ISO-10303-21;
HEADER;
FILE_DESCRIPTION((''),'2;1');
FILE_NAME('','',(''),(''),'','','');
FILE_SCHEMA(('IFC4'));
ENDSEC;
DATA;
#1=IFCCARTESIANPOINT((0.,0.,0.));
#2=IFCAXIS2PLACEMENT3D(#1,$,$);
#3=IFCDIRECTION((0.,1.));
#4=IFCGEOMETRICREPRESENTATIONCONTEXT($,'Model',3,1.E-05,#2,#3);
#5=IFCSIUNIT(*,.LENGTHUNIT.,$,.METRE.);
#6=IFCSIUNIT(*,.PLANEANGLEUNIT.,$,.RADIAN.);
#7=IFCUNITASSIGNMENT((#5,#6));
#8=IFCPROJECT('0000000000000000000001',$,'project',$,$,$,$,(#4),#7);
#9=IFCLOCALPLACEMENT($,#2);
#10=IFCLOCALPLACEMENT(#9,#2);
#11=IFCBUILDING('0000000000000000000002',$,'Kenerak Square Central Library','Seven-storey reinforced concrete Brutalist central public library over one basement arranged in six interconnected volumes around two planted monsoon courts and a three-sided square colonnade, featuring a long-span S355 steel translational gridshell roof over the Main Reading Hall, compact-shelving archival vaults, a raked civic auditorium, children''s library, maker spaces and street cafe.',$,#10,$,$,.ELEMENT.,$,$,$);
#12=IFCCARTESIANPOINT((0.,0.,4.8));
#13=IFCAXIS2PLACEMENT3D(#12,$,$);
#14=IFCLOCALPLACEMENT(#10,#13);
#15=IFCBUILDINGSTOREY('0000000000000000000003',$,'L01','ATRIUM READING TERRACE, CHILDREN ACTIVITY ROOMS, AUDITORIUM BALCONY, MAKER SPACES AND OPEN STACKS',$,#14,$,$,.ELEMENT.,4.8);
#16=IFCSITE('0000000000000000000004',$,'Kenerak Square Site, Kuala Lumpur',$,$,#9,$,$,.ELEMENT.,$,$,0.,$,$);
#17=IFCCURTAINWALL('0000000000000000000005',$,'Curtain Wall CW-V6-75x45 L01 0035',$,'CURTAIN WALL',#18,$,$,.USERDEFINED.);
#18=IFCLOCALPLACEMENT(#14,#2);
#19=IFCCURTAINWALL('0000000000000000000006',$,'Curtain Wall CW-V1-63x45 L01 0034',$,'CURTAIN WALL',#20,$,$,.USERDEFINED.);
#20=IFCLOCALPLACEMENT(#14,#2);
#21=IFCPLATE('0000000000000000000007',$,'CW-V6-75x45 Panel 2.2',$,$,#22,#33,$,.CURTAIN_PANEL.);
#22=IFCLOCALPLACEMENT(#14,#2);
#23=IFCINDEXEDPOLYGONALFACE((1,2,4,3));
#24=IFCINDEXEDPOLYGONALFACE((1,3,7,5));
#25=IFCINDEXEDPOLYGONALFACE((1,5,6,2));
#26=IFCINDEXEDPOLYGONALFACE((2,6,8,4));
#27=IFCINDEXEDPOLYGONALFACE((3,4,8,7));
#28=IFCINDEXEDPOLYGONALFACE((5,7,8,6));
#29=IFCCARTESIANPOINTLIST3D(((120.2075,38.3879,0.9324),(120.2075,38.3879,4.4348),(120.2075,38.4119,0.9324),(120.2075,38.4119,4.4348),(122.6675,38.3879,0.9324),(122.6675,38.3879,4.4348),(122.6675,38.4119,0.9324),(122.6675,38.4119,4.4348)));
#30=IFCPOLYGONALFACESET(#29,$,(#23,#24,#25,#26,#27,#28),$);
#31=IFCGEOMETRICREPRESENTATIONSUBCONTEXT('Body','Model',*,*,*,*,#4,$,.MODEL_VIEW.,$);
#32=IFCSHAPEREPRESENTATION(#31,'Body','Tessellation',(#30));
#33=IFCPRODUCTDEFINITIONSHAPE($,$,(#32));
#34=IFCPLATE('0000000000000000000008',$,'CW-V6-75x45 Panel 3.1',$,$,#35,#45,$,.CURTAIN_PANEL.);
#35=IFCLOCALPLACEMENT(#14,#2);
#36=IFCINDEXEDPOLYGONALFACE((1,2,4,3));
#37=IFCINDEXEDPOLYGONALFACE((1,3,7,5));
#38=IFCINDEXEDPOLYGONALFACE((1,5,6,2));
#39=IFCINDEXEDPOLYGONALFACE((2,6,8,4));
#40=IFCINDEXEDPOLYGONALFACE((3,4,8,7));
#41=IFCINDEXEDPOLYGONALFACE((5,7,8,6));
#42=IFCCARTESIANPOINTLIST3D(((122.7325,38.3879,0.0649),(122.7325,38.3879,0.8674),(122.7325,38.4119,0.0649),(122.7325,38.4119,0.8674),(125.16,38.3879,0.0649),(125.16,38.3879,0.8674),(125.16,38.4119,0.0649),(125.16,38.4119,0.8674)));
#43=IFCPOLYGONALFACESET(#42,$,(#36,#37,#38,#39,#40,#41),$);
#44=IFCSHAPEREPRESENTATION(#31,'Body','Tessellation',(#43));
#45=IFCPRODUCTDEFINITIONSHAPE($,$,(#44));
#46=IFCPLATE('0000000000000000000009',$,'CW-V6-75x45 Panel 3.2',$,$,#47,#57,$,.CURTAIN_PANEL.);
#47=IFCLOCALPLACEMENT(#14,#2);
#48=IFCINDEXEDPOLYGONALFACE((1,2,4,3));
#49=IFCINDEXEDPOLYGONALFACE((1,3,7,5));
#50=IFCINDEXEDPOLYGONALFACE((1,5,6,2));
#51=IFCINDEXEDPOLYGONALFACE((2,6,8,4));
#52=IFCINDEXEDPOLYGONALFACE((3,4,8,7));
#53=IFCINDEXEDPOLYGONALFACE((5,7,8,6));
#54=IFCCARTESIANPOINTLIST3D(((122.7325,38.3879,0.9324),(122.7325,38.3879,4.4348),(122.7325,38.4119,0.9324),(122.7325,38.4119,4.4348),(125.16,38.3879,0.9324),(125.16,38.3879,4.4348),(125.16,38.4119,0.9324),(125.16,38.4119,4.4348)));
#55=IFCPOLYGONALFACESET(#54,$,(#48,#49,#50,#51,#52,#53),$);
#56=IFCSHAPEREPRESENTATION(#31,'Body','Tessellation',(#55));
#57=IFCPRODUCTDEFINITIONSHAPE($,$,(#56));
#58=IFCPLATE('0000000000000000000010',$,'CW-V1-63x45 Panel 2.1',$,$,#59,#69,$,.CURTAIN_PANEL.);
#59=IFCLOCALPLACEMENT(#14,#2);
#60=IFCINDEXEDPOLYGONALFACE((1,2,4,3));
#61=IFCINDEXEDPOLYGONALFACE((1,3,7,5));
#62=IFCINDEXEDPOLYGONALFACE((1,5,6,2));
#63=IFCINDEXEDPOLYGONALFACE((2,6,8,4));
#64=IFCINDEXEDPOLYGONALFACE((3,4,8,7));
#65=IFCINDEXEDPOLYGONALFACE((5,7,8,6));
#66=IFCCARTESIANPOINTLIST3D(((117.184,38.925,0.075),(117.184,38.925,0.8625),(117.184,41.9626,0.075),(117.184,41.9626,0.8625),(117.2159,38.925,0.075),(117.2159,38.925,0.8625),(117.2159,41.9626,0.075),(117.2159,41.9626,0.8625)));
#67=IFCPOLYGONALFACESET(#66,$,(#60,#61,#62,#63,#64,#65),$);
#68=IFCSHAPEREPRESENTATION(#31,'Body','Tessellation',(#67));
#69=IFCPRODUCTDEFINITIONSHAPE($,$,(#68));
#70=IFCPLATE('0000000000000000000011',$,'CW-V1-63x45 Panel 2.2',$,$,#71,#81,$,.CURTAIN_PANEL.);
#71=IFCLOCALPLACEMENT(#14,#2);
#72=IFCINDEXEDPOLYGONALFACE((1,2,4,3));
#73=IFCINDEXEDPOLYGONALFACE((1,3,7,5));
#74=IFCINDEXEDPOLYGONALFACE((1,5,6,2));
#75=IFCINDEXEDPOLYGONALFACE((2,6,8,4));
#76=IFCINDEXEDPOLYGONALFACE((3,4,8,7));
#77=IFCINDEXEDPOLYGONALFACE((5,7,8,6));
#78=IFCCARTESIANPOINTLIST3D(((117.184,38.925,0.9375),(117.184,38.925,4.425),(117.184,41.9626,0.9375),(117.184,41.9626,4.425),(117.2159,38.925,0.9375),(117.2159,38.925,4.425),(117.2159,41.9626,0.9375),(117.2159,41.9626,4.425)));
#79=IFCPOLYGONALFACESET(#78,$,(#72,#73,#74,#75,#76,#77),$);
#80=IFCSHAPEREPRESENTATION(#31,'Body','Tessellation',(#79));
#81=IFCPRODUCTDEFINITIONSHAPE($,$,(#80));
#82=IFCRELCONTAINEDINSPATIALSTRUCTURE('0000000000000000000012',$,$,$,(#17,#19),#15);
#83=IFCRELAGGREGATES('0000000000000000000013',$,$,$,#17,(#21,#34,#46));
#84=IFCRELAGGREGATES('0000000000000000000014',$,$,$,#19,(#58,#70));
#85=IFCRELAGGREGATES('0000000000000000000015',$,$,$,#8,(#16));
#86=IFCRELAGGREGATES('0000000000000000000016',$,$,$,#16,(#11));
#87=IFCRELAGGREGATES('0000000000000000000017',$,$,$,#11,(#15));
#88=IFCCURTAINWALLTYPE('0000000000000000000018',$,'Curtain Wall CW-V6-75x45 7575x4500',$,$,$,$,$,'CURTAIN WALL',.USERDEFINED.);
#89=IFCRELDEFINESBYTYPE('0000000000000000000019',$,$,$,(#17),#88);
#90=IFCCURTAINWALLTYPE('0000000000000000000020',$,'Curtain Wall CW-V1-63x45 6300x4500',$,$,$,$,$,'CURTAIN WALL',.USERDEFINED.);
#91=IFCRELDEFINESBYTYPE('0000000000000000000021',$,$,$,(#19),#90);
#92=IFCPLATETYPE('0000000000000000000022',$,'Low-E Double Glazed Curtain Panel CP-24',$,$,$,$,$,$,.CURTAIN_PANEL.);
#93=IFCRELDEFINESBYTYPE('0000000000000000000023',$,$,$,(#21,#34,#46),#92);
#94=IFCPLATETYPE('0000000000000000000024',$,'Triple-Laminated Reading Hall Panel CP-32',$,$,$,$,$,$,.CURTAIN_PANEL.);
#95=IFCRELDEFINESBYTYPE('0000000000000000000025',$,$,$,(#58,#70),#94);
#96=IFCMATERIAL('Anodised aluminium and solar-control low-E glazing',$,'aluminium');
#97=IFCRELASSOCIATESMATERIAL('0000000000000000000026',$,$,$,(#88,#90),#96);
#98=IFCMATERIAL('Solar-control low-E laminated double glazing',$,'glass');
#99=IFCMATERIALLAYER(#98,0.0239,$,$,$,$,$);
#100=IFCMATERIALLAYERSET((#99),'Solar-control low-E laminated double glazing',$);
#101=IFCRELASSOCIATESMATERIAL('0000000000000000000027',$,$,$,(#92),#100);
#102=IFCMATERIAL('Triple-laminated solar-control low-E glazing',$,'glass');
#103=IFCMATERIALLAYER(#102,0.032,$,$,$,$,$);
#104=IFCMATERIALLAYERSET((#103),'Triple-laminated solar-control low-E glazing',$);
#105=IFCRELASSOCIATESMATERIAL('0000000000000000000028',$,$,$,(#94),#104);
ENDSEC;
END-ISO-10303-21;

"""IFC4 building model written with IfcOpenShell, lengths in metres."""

from ifc_helpers import new_model, si_unit, direction, frame, origin, origin_2d, place, context, subcontext, project, spatial, rectangle, extrude, material, layer, layer_set, type_object, element, aggregate, save


model = new_model("IFC4")

# Units and contexts
model_context = context("Model", 3, precision=1e-05, world=origin(), true_north=direction((0.0, 1.0)))
body_context = subcontext(model_context, "Body", "Model", "MODEL_VIEW")
ifc_project = project(units=[si_unit("LENGTHUNIT", "METRE"), si_unit("PLANEANGLEUNIT", "RADIAN")], contexts=[model_context])

# Site, building, storey
site_placement = place(None, origin())
site = spatial("IfcSite", under=ifc_project, at=site_placement, Name="Kenerak Square Site, Kuala Lumpur", CompositionType="ELEMENT", RefElevation=0.0)
building_placement = place(site_placement, origin())
building = spatial("IfcBuilding", under=site, at=building_placement, Name="Kenerak Square Central Library", Description="Seven-storey reinforced concrete Brutalist central public library over one basement arranged in six interconnected volumes around two planted monsoon courts and a three-sided square colonnade, featuring a long-span S355 steel translational gridshell roof over the Main Reading Hall, compact-shelving archival vaults, a raked civic auditorium, children's library, maker spaces and street cafe.", CompositionType="ELEMENT")
storey_placement = place(building_placement, frame((0.0, 0.0, 4.8)))
storey = spatial("IfcBuildingStorey", under=building, at=storey_placement, Name="L01", Description="ATRIUM READING TERRACE, CHILDREN ACTIVITY ROOMS, AUDITORIUM BALCONY, MAKER SPACES AND OPEN STACKS", CompositionType="ELEMENT", Elevation=4.8)

# Curtain walls
ifc_material_1 = material(Name="Anodised aluminium and solar-control low-E glazing", Category="aluminium")
curtain_wall_type_1 = type_object("IfcCurtainWallType", Name="Curtain Wall CW-V6-75x45 7575x4500", ElementType="CURTAIN WALL", PredefinedType="USERDEFINED", material=ifc_material_1)
curtain_wall_1_placement = place(storey_placement, origin())
curtain_wall_1 = element("IfcCurtainWall", 1, at=curtain_wall_1_placement, inside=storey, type_object=curtain_wall_type_1, Name="Curtain Wall CW-V6-75x45 L01 0035", ObjectType="CURTAIN WALL", PredefinedType="USERDEFINED")
curtain_wall_type_2 = type_object("IfcCurtainWallType", Name="Curtain Wall CW-V1-63x45 6300x4500", ElementType="CURTAIN WALL", PredefinedType="USERDEFINED", material=ifc_material_1)
curtain_wall_2_placement = place(storey_placement, origin())
curtain_wall_2 = element("IfcCurtainWall", 2, at=curtain_wall_2_placement, inside=storey, type_object=curtain_wall_type_2, Name="Curtain Wall CW-V1-63x45 L01 0034", ObjectType="CURTAIN WALL", PredefinedType="USERDEFINED")

# Plates
ifc_material_2 = material(Name="Solar-control low-E laminated double glazing", Category="glass")
ifc_layer_1 = layer(ifc_material_2, 0.0239)
ifc_layer_set_1 = layer_set([ifc_layer_1], Name="Solar-control low-E laminated double glazing")
plate_type_1 = type_object("IfcPlateType", Name="Low-E Double Glazed Curtain Panel CP-24", PredefinedType="CURTAIN_PANEL", material=ifc_layer_set_1)
plate_1_placement = place(storey_placement, frame((121.4375, 38.3999, 0.9324), z_axis=(0.0, 0.0, 1.0), x_axis=(1.0, 0.0, 0.0)))
plate_1 = element("IfcPlate", 3, at=plate_1_placement, type_object=plate_type_1, Name="CW-V6-75x45 Panel 2.2", PredefinedType="CURTAIN_PANEL", context=body_context, shape_type="SweptSolid", body=[
    extrude(rectangle(XDim=2.46, YDim=0.0239, at=origin_2d()), origin(), (0.0, 0.0, 1.0), 3.5024),
])
plate_2_placement = place(storey_placement, frame((123.9463, 38.3999, 0.0649), z_axis=(0.0, 0.0, 1.0), x_axis=(1.0, 0.0, 0.0)))
plate_2 = element("IfcPlate", 4, at=plate_2_placement, type_object=plate_type_1, Name="CW-V6-75x45 Panel 3.1", PredefinedType="CURTAIN_PANEL", context=body_context, shape_type="SweptSolid", body=[
    extrude(rectangle(XDim=2.4275, YDim=0.0239, at=origin_2d()), origin(), (0.0, 0.0, 1.0), 0.8025),
])
plate_3_placement = place(storey_placement, frame((123.9463, 38.3999, 0.9324), z_axis=(0.0, 0.0, 1.0), x_axis=(1.0, 0.0, 0.0)))
plate_3 = element("IfcPlate", 5, at=plate_3_placement, type_object=plate_type_1, Name="CW-V6-75x45 Panel 3.2", PredefinedType="CURTAIN_PANEL", context=body_context, shape_type="SweptSolid", body=[
    extrude(rectangle(XDim=2.4275, YDim=0.0239, at=origin_2d()), origin(), (0.0, 0.0, 1.0), 3.5024),
])
aggregate(curtain_wall_1, [plate_1, plate_2, plate_3])
ifc_material_3 = material(Name="Triple-laminated solar-control low-E glazing", Category="glass")
ifc_layer_2 = layer(ifc_material_3, 0.032)
ifc_layer_set_2 = layer_set([ifc_layer_2], Name="Triple-laminated solar-control low-E glazing")
plate_type_2 = type_object("IfcPlateType", Name="Triple-Laminated Reading Hall Panel CP-32", PredefinedType="CURTAIN_PANEL", material=ifc_layer_set_2)
plate_4_placement = place(storey_placement, frame((117.2, 40.4438, 0.075), z_axis=(0.0, 0.0, 1.0), x_axis=(0.0, -1.0, 0.0)))
plate_4 = element("IfcPlate", 6, at=plate_4_placement, type_object=plate_type_2, Name="CW-V1-63x45 Panel 2.1", PredefinedType="CURTAIN_PANEL", context=body_context, shape_type="SweptSolid", body=[
    extrude(rectangle(XDim=3.0376, YDim=0.032, at=origin_2d()), origin(), (0.0, 0.0, 1.0), 0.7876),
])
plate_5_placement = place(storey_placement, frame((117.2, 40.4438, 0.9375), z_axis=(0.0, 0.0, 1.0), x_axis=(0.0, -1.0, 0.0)))
plate_5 = element("IfcPlate", 7, at=plate_5_placement, type_object=plate_type_2, Name="CW-V1-63x45 Panel 2.2", PredefinedType="CURTAIN_PANEL", context=body_context, shape_type="SweptSolid", body=[
    extrude(rectangle(XDim=3.0376, YDim=0.032, at=origin_2d()), origin(), (0.0, 0.0, 1.0), 3.4875),
])
aggregate(curtain_wall_2, [plate_4, plate_5])

save(model, "model.ifc")
